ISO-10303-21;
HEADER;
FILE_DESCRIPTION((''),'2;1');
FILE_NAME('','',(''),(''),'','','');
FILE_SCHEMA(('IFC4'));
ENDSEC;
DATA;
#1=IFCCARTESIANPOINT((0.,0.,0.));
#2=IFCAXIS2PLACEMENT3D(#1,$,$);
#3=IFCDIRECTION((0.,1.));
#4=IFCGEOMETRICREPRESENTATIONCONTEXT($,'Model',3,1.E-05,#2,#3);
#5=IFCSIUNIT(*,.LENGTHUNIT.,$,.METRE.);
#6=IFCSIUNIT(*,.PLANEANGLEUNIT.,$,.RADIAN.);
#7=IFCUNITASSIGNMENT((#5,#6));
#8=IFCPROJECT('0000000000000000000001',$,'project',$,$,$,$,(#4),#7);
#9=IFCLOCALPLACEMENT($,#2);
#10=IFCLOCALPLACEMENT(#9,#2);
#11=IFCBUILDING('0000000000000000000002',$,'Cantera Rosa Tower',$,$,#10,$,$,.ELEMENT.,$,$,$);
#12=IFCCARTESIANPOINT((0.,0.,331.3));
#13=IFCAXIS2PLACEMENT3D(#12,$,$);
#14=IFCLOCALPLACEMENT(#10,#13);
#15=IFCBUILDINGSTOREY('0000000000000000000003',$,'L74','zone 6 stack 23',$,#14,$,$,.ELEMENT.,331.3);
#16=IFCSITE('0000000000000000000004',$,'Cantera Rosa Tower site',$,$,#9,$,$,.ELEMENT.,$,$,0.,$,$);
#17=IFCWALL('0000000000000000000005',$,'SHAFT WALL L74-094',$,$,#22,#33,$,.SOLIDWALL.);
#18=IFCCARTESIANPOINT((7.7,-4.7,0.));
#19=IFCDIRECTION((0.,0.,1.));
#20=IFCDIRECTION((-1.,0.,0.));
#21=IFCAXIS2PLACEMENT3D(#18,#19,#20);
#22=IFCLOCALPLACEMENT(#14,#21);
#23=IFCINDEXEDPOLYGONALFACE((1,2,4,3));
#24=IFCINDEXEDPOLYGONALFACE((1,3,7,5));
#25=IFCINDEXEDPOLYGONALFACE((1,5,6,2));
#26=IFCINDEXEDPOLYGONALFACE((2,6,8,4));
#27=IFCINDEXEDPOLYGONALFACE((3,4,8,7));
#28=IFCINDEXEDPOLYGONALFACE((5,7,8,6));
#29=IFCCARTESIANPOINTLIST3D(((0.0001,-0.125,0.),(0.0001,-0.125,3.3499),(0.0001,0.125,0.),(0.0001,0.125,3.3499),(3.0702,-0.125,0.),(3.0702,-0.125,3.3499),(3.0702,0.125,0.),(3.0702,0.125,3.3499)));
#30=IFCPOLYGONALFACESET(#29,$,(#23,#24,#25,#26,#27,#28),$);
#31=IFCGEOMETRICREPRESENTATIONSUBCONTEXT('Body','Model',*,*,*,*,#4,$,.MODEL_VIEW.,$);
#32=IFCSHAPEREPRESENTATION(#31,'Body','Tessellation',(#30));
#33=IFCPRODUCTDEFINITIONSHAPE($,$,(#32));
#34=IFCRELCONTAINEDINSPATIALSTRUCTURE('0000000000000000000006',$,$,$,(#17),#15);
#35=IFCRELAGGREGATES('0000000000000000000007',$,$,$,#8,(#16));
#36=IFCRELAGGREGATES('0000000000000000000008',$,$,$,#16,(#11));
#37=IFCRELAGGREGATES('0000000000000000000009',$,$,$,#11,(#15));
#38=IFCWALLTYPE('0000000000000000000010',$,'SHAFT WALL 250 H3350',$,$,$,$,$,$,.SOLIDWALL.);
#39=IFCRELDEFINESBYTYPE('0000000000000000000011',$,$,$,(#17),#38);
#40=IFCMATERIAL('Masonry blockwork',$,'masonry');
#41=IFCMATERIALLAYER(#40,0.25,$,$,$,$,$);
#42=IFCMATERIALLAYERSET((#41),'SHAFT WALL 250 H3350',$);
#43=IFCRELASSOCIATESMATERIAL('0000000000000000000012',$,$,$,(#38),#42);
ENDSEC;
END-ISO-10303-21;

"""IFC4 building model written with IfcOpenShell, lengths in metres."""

from ifc_helpers import new_model, si_unit, direction, frame, frame_2d, origin, place, context, subcontext, project, spatial, rectangle, extrude, material, layer, layer_set, type_object, element, save


model = new_model("IFC4")

# Units and contexts
model_context = context("Model", 3, precision=1e-05, world=origin(), true_north=direction((0.0, 1.0)))
body_context = subcontext(model_context, "Body", "Model", "MODEL_VIEW")
ifc_project = project(units=[si_unit("LENGTHUNIT", "METRE"), si_unit("PLANEANGLEUNIT", "RADIAN")], contexts=[model_context])

# Site, building, storey
site_placement = place(None, origin())
site = spatial("IfcSite", under=ifc_project, at=site_placement, Name="Cantera Rosa Tower site", CompositionType="ELEMENT", RefElevation=0.0)
building_placement = place(site_placement, origin())
building = spatial("IfcBuilding", under=site, at=building_placement, Name="Cantera Rosa Tower", CompositionType="ELEMENT")
storey_placement = place(building_placement, frame((0.0, 0.0, 331.3)))
storey = spatial("IfcBuildingStorey", under=building, at=storey_placement, Name="L74", Description="zone 6 stack 23", CompositionType="ELEMENT", Elevation=331.3)

# Wall
ifc_material_1 = material(Name="Masonry blockwork", Category="masonry")
ifc_layer_1 = layer(ifc_material_1, 0.25)
ifc_layer_set_1 = layer_set([ifc_layer_1], Name="SHAFT WALL 250 H3350")
wall_type_1 = type_object("IfcWallType", Name="SHAFT WALL 250 H3350", PredefinedType="SOLIDWALL", material=ifc_layer_set_1)
wall_1_placement = place(storey_placement, frame((7.7, -4.7, 0.0), z_axis=(0.0, 0.0, 1.0), x_axis=(-1.0, 0.0, 0.0)))
element("IfcWall", 1, at=wall_1_placement, inside=storey, type_object=wall_type_1, Name="SHAFT WALL L74-094", PredefinedType="SOLIDWALL", context=body_context, shape_type="SweptSolid", body=[
    extrude(rectangle(XDim=3.0701, YDim=0.25, at=frame_2d((1.5352, 0.0))), origin(), (0.0, 0.0, 1.0), 3.3499),
])

save(model, "model.ifc")
